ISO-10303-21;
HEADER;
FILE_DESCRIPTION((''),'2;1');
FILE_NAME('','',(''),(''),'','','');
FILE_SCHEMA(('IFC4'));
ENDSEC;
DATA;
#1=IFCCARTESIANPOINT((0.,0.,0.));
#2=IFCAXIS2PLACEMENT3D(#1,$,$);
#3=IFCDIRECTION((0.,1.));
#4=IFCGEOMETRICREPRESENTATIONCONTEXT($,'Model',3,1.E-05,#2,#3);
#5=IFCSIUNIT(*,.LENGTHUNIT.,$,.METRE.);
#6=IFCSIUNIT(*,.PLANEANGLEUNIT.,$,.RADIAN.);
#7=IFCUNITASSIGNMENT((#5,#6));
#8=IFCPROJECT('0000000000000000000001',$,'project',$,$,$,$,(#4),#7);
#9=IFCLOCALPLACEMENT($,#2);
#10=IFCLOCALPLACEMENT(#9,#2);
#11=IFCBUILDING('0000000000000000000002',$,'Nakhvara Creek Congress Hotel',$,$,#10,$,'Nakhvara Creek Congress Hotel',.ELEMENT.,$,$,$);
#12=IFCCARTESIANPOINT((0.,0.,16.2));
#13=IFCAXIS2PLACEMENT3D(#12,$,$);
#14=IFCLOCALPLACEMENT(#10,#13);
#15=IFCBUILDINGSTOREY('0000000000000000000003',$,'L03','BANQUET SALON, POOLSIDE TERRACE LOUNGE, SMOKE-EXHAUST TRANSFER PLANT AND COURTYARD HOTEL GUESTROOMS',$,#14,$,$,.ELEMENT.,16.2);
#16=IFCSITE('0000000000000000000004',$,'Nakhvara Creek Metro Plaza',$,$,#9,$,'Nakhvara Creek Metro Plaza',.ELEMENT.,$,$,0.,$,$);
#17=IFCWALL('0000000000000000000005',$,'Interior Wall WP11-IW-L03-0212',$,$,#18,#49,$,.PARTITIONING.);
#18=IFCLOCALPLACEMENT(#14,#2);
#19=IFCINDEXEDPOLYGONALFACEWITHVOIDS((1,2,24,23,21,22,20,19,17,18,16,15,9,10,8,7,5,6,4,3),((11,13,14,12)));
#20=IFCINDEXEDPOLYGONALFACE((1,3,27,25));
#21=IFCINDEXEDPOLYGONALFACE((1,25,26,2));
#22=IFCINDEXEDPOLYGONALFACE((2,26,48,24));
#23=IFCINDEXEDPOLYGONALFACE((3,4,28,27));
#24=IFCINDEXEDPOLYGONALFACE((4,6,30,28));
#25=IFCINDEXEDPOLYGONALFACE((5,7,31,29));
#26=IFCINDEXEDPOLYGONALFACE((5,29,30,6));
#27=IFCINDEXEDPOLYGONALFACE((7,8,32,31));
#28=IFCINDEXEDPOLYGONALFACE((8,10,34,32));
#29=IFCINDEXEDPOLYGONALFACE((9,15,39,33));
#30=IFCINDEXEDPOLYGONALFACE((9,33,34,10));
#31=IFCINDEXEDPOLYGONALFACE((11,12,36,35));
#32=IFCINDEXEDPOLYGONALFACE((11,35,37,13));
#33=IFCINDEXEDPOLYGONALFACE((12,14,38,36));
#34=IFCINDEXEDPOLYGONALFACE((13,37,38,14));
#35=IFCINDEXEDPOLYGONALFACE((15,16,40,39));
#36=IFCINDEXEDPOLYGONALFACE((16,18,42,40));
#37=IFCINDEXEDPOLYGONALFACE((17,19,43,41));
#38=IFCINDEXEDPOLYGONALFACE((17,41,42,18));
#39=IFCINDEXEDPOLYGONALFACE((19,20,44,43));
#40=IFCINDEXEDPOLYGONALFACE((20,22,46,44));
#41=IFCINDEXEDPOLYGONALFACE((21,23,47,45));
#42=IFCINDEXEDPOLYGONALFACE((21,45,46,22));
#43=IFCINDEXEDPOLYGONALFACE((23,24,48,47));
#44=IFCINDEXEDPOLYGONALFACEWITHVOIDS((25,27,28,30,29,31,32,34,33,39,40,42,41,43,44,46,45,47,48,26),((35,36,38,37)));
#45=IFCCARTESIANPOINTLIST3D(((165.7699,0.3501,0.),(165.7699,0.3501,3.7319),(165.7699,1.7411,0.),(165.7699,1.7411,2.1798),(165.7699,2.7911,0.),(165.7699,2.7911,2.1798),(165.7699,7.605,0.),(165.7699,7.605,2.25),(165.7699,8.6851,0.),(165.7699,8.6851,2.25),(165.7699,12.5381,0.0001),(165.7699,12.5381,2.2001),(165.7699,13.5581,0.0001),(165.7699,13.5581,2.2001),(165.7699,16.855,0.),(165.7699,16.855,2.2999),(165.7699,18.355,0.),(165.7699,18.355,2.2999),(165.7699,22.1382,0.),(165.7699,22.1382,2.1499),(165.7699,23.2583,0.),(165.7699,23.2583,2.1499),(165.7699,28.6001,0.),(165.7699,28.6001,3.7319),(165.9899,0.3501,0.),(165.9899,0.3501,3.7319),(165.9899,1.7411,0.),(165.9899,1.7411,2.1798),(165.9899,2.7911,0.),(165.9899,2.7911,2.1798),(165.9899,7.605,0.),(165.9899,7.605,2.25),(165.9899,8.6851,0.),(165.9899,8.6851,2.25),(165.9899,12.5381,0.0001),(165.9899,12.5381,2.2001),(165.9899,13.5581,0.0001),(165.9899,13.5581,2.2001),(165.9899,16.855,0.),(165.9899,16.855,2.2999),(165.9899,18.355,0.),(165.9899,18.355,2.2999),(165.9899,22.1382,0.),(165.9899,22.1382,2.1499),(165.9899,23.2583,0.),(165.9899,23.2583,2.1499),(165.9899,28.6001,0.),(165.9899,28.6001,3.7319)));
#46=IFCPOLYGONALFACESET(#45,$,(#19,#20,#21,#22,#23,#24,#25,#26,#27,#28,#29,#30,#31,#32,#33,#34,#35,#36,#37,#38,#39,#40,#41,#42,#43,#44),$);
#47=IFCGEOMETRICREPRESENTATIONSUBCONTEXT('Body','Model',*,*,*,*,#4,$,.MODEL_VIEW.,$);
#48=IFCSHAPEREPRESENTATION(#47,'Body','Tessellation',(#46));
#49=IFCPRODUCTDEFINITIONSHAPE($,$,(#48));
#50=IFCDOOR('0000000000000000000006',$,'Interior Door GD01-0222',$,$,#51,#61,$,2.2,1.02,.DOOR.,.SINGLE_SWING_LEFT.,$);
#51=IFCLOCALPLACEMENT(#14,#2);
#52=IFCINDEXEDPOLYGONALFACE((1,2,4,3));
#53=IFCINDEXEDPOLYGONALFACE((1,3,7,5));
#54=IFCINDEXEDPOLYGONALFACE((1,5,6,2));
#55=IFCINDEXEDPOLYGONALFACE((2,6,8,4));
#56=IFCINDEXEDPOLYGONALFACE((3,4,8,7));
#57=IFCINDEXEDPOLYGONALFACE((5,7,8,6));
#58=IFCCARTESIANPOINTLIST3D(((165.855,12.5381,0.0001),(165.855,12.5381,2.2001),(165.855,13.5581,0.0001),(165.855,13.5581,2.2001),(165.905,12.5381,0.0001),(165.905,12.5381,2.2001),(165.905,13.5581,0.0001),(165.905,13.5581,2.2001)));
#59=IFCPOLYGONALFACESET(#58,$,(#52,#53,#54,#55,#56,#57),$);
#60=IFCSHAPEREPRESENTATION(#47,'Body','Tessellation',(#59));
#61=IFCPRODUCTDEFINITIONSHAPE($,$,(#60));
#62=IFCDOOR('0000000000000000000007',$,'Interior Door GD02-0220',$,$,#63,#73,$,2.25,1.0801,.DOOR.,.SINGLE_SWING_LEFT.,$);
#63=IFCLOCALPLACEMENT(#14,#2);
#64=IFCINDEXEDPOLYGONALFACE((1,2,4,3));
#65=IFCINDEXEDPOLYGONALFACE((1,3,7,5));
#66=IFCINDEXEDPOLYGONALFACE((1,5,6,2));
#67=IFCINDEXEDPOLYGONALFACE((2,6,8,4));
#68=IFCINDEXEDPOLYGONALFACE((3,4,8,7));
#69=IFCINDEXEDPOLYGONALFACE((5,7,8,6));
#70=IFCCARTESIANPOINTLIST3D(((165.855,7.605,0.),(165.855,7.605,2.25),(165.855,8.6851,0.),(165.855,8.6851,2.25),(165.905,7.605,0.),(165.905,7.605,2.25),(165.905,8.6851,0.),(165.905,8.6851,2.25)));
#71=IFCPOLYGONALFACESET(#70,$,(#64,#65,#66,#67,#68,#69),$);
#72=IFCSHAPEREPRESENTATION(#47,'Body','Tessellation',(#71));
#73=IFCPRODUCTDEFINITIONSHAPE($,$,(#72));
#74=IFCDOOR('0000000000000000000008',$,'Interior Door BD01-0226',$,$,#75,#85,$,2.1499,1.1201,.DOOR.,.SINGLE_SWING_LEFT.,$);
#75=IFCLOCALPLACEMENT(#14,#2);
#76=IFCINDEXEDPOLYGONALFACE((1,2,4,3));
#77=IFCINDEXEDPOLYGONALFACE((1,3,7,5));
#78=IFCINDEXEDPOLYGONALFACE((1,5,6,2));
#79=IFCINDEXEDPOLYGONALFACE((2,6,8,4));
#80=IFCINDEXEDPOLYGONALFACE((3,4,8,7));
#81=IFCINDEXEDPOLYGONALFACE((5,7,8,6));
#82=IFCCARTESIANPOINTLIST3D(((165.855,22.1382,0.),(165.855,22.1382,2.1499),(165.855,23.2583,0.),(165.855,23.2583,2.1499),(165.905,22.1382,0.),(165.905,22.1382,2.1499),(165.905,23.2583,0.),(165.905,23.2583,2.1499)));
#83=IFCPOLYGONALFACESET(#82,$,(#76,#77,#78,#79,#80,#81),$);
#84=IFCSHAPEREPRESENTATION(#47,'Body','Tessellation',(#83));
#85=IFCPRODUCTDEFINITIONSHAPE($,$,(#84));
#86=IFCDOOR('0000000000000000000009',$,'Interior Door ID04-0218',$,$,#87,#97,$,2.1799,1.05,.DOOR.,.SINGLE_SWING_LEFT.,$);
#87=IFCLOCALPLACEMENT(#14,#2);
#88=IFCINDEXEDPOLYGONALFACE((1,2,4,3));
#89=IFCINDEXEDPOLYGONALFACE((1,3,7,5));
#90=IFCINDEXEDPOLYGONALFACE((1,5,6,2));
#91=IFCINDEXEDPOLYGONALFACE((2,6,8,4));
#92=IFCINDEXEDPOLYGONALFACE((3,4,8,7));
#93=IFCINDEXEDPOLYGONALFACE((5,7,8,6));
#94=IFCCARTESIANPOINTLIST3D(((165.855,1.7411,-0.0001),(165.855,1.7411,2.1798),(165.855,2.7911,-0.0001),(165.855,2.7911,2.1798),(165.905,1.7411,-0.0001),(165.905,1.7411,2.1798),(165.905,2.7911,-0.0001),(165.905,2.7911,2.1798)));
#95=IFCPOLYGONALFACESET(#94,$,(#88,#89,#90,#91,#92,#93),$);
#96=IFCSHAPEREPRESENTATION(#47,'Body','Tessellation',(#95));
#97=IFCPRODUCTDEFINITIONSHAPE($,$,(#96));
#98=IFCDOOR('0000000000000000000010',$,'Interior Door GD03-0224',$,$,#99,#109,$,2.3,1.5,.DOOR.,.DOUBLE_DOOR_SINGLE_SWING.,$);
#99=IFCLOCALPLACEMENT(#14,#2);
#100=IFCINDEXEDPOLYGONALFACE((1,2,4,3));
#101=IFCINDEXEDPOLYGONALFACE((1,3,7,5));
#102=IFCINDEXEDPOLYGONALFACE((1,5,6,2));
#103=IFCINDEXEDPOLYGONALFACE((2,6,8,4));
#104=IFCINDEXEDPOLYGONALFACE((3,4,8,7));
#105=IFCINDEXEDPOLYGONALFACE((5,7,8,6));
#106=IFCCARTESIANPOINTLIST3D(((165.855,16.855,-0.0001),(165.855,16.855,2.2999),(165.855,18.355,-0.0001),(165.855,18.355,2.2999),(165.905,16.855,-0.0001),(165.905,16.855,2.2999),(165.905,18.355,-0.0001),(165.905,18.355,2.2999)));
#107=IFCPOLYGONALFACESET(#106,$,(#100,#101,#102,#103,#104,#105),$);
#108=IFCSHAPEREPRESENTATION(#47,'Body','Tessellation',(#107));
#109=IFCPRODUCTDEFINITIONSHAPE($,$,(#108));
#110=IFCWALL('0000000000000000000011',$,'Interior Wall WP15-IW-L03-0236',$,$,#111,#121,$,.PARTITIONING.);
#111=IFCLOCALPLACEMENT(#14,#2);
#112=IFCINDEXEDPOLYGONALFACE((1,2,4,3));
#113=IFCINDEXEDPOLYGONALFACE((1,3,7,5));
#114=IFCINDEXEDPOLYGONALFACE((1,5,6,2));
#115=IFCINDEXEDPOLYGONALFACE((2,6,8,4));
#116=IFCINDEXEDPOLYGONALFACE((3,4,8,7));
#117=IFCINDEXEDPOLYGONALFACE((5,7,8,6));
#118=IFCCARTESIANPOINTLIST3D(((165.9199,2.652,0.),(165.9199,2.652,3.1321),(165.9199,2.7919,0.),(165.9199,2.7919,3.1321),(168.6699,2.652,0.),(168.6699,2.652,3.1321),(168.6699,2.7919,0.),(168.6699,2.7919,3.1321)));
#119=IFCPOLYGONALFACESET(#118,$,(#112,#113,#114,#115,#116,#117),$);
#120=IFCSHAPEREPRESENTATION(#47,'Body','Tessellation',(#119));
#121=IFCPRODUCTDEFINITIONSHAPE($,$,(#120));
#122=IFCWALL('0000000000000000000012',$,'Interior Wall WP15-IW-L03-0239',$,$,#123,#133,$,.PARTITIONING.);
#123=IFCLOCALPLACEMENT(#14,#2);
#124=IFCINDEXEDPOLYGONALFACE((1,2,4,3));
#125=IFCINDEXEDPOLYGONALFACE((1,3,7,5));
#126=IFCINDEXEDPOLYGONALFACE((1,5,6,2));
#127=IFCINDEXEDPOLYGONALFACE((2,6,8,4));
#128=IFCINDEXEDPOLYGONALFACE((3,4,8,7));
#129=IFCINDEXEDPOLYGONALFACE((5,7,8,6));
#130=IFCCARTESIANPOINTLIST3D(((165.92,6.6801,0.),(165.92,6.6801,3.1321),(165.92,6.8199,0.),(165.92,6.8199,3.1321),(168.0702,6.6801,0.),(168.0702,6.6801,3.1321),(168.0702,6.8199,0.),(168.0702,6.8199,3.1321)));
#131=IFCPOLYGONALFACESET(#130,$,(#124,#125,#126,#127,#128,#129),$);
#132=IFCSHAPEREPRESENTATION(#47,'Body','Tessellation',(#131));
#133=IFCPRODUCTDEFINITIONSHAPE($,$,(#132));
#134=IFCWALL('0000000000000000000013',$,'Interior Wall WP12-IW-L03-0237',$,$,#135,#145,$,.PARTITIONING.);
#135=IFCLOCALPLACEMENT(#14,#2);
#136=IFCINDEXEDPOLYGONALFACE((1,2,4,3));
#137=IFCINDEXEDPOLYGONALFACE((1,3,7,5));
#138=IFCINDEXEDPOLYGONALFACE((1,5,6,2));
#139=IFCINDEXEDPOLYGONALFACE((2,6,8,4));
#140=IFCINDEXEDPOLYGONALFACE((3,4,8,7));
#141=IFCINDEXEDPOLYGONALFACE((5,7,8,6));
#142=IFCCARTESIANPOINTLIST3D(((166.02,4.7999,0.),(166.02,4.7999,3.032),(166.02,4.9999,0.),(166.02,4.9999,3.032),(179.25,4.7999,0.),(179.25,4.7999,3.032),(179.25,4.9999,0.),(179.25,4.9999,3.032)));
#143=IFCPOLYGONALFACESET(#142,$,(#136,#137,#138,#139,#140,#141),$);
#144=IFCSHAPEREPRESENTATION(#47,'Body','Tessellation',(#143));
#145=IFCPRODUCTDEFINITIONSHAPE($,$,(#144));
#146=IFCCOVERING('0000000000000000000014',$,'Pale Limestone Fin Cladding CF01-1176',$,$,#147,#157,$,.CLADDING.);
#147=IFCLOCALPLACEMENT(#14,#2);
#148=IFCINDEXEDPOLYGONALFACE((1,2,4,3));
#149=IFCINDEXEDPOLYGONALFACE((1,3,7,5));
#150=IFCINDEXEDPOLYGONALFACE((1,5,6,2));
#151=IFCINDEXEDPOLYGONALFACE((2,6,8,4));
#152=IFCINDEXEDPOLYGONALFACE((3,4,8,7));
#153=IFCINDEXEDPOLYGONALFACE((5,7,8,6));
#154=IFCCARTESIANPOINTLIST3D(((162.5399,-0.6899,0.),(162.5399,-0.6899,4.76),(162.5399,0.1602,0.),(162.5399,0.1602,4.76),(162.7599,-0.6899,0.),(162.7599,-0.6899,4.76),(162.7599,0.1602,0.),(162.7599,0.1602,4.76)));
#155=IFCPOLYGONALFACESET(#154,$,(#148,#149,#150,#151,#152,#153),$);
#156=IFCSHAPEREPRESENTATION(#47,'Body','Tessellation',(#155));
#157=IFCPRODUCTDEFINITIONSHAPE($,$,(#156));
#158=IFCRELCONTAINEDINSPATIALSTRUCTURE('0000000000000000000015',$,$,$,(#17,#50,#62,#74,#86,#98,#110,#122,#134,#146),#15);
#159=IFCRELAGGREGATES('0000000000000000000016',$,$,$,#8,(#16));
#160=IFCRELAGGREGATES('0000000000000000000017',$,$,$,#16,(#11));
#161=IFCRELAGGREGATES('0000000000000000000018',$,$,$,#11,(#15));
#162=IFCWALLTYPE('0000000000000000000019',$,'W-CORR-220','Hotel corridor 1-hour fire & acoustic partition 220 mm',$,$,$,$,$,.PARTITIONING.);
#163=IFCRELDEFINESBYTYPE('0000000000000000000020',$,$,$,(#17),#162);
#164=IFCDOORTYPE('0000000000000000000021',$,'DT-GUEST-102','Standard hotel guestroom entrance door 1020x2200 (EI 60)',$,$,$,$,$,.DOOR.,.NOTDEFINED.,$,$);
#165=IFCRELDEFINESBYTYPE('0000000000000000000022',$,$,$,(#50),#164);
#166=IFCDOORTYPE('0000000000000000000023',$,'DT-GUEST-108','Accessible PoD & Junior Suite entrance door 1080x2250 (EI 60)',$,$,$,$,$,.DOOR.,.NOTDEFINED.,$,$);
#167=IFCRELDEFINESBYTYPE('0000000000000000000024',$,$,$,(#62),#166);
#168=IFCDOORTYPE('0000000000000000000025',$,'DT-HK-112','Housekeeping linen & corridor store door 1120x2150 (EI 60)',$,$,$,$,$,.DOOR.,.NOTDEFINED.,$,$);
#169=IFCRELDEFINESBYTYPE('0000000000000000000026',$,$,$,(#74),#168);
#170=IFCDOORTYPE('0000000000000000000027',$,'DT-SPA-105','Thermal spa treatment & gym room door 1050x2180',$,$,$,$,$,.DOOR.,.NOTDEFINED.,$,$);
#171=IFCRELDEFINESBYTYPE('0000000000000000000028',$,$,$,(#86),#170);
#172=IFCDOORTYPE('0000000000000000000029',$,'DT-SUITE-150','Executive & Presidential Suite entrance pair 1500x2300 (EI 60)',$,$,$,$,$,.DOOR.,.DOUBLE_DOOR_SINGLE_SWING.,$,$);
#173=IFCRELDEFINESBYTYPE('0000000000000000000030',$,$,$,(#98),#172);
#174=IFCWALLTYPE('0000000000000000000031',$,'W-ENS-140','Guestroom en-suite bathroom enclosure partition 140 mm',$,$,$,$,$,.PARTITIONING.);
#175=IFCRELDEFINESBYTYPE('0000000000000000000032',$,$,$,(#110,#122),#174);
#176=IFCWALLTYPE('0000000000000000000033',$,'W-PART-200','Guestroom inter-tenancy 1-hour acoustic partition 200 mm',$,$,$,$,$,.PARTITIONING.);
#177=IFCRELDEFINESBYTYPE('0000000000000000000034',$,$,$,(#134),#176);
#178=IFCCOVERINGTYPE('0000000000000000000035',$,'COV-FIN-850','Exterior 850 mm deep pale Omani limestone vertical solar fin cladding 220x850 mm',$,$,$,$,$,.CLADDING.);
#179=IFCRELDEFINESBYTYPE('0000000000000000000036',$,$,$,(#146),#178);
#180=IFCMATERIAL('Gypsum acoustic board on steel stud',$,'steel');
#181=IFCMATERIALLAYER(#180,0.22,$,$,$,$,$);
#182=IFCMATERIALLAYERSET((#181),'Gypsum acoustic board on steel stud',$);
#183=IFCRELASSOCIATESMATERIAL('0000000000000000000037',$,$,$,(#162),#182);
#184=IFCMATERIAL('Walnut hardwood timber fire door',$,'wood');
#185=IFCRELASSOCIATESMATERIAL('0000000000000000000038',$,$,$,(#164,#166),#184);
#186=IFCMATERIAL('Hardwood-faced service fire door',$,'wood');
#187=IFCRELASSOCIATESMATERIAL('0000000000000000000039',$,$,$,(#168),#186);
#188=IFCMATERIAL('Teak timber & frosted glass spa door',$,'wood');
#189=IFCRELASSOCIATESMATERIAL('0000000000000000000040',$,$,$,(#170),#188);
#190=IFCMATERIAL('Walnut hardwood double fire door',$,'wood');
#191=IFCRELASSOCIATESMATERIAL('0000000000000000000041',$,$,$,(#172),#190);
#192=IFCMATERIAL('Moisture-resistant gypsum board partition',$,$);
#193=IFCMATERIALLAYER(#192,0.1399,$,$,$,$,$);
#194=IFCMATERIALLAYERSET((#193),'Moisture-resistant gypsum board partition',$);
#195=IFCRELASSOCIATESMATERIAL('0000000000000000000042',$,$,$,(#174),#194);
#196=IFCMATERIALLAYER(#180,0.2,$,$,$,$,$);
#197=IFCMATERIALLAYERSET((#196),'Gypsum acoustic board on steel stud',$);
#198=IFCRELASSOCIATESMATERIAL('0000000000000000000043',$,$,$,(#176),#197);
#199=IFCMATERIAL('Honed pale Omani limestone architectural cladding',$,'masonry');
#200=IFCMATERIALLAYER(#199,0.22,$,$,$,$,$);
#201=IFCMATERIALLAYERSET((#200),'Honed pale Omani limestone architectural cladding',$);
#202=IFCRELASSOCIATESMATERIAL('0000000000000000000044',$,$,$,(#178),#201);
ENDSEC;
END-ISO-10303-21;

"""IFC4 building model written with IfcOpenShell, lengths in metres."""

from ifc_helpers import new_model, si_unit, direction, frame, frame_2d, origin, origin_2d, place, context, subcontext, project, spatial, rectangle, extrude, material, layer, layer_set, type_object, element, fill, save


model = new_model("IFC4")

# Units and contexts
model_context = context("Model", 3, precision=1e-05, world=origin(), true_north=direction((0.0, 1.0)))
body_context = subcontext(model_context, "Body", "Model", "MODEL_VIEW")
ifc_project = project(units=[si_unit("LENGTHUNIT", "METRE"), si_unit("PLANEANGLEUNIT", "RADIAN")], contexts=[model_context])

# Site, building, storey
site_placement = place(None, origin())
site = spatial("IfcSite", under=ifc_project, at=site_placement, Name="Nakhvara Creek Metro Plaza", LongName="Nakhvara Creek Metro Plaza", CompositionType="ELEMENT", RefElevation=0.0)
building_placement = place(site_placement, origin())
building = spatial("IfcBuilding", under=site, at=building_placement, Name="Nakhvara Creek Congress Hotel", LongName="Nakhvara Creek Congress Hotel", CompositionType="ELEMENT")
storey_placement = place(building_placement, frame((0.0, 0.0, 16.2)))
storey = spatial("IfcBuildingStorey", under=building, at=storey_placement, Name="L03", Description="BANQUET SALON, POOLSIDE TERRACE LOUNGE, SMOKE-EXHAUST TRANSFER PLANT AND COURTYARD HOTEL GUESTROOMS", CompositionType="ELEMENT", Elevation=16.2)

# Wall, openings, doors
ifc_material_1 = material(Name="Gypsum acoustic board on steel stud", Category="steel")
ifc_layer_1 = layer(ifc_material_1, 0.22)
ifc_layer_set_1 = layer_set([ifc_layer_1], Name="Gypsum acoustic board on steel stud")
wall_type_1 = type_object("IfcWallType", Name="W-CORR-220", Description="Hotel corridor 1-hour fire & acoustic partition 220 mm", PredefinedType="PARTITIONING", material=ifc_layer_set_1)
wall_1_placement = place(storey_placement, frame((165.8799, 0.3501, 0.0), z_axis=(0.0, 0.0, 1.0), x_axis=(0.0, 1.0, 0.0)))
wall_1 = element("IfcWall", 1, at=wall_1_placement, inside=storey, type_object=wall_type_1, Name="Interior Wall WP11-IW-L03-0212", PredefinedType="PARTITIONING", context=body_context, shape_type="SweptSolid", body=[
    extrude(rectangle(XDim=28.25, YDim=0.22, at=frame_2d((14.125, 0.0))), origin(), (0.0, 0.0, 1.0), 3.7319),
])
opening_1_placement = place(wall_1_placement, frame((1.3911, 0.0, 0.0)))
opening_1 = element("IfcOpeningElement", 2, at=opening_1_placement, cuts=wall_1, PredefinedType="OPENING", context=body_context, shape_type="SweptSolid", body=[
    extrude(rectangle(XDim=1.05, YDim=2.1799, at=frame_2d((0.5249, 1.0898))), frame((0.0, 0.1221, 0.0), z_axis=(0.0, -1.0, 0.0), x_axis=(1.0, 0.0, 0.0)), (0.0, 0.0, 1.0), 0.2439),
])
opening_2_placement = place(wall_1_placement, frame((7.2549, 0.0, 0.0)))
opening_2 = element("IfcOpeningElement", 3, at=opening_2_placement, cuts=wall_1, PredefinedType="OPENING", context=body_context, shape_type="SweptSolid", body=[
    extrude(rectangle(XDim=1.0801, YDim=2.25, at=frame_2d((0.54, 1.125))), frame((0.0, 0.1221, 0.0), z_axis=(0.0, -1.0, 0.0), x_axis=(1.0, 0.0, 0.0)), (0.0, 0.0, 1.0), 0.2439),
])
opening_3_placement = place(wall_1_placement, frame((12.188, 0.0, 0.0)))
opening_3 = element("IfcOpeningElement", 4, at=opening_3_placement, cuts=wall_1, PredefinedType="OPENING", context=body_context, shape_type="SweptSolid", body=[
    extrude(rectangle(XDim=1.02, YDim=2.2, at=frame_2d((0.51, 1.1001))), frame((0.0, 0.1221, 0.0), z_axis=(0.0, -1.0, 0.0), x_axis=(1.0, 0.0, 0.0)), (0.0, 0.0, 1.0), 0.2439),
])
opening_4_placement = place(wall_1_placement, frame((16.5049, 0.0, 0.0)))
opening_4 = element("IfcOpeningElement", 5, at=opening_4_placement, cuts=wall_1, PredefinedType="OPENING", context=body_context, shape_type="SweptSolid", body=[
    extrude(rectangle(XDim=1.5, YDim=2.3, at=frame_2d((0.75, 1.1499))), frame((0.0, 0.1221, 0.0), z_axis=(0.0, -1.0, 0.0), x_axis=(1.0, 0.0, 0.0)), (0.0, 0.0, 1.0), 0.2439),
])
opening_5_placement = place(wall_1_placement, frame((21.7881, 0.0, 0.0)))
opening_5 = element("IfcOpeningElement", 6, at=opening_5_placement, cuts=wall_1, PredefinedType="OPENING", context=body_context, shape_type="SweptSolid", body=[
    extrude(rectangle(XDim=1.1201, YDim=2.1499, at=frame_2d((0.5601, 1.075))), frame((0.0, 0.1221, 0.0), z_axis=(0.0, -1.0, 0.0), x_axis=(1.0, 0.0, 0.0)), (0.0, 0.0, 1.0), 0.2439),
])
ifc_material_2 = material(Name="Walnut hardwood timber fire door", Category="wood")
door_type_1 = type_object("IfcDoorType", Name="DT-GUEST-102", Description="Standard hotel guestroom entrance door 1020x2200 (EI 60)", OperationType="NOTDEFINED", PredefinedType="DOOR", material=ifc_material_2)
door_1_placement = place(opening_3_placement, origin())
door_1 = element("IfcDoor", 7, at=door_1_placement, inside=storey, type_object=door_type_1, Name="Interior Door GD01-0222", OperationType="SINGLE_SWING_LEFT", OverallHeight=2.2, OverallWidth=1.02, PredefinedType="DOOR", context=body_context, shape_type="SweptSolid", body=[
    extrude(rectangle(XDim=1.02, YDim=2.2, at=frame_2d((0.51, 1.1001))), frame((0.0, 0.0249, 0.0), z_axis=(0.0, -1.0, 0.0), x_axis=(1.0, 0.0, 0.0)), (0.0, 0.0, 1.0), 0.05),
])
fill(opening_3, door_1)
door_type_2 = type_object("IfcDoorType", Name="DT-GUEST-108", Description="Accessible PoD & Junior Suite entrance door 1080x2250 (EI 60)", OperationType="NOTDEFINED", PredefinedType="DOOR", material=ifc_material_2)
door_2_placement = place(opening_2_placement, origin())
door_2 = element("IfcDoor", 8, at=door_2_placement, inside=storey, type_object=door_type_2, Name="Interior Door GD02-0220", OperationType="SINGLE_SWING_LEFT", OverallHeight=2.25, OverallWidth=1.0801, PredefinedType="DOOR", context=body_context, shape_type="SweptSolid", body=[
    extrude(rectangle(XDim=1.0801, YDim=2.25, at=frame_2d((0.54, 1.125))), frame((0.0, 0.0249, 0.0), z_axis=(0.0, -1.0, 0.0), x_axis=(1.0, 0.0, 0.0)), (0.0, 0.0, 1.0), 0.05),
])
fill(opening_2, door_2)
ifc_material_3 = material(Name="Hardwood-faced service fire door", Category="wood")
door_type_3 = type_object("IfcDoorType", Name="DT-HK-112", Description="Housekeeping linen & corridor store door 1120x2150 (EI 60)", OperationType="NOTDEFINED", PredefinedType="DOOR", material=ifc_material_3)
door_3_placement = place(opening_5_placement, origin())
door_3 = element("IfcDoor", 9, at=door_3_placement, inside=storey, type_object=door_type_3, Name="Interior Door BD01-0226", OperationType="SINGLE_SWING_LEFT", OverallHeight=2.1499, OverallWidth=1.1201, PredefinedType="DOOR", context=body_context, shape_type="SweptSolid", body=[
    extrude(rectangle(XDim=1.1201, YDim=2.1499, at=frame_2d((0.5601, 1.075))), frame((0.0, 0.0249, 0.0), z_axis=(0.0, -1.0, 0.0), x_axis=(1.0, 0.0, 0.0)), (0.0, 0.0, 1.0), 0.05),
])
fill(opening_5, door_3)
ifc_material_4 = material(Name="Teak timber & frosted glass spa door", Category="wood")
door_type_4 = type_object("IfcDoorType", Name="DT-SPA-105", Description="Thermal spa treatment & gym room door 1050x2180", OperationType="NOTDEFINED", PredefinedType="DOOR", material=ifc_material_4)
door_4_placement = place(opening_1_placement, origin())
door_4 = element("IfcDoor", 10, at=door_4_placement, inside=storey, type_object=door_type_4, Name="Interior Door ID04-0218", OperationType="SINGLE_SWING_LEFT", OverallHeight=2.1799, OverallWidth=1.05, PredefinedType="DOOR", context=body_context, shape_type="SweptSolid", body=[
    extrude(rectangle(XDim=1.05, YDim=2.1799, at=frame_2d((0.5249, 1.0898))), frame((0.0, 0.0249, 0.0), z_axis=(0.0, -1.0, 0.0), x_axis=(1.0, 0.0, 0.0)), (0.0, 0.0, 1.0), 0.05),
])
fill(opening_1, door_4)
ifc_material_5 = material(Name="Walnut hardwood double fire door", Category="wood")
door_type_5 = type_object("IfcDoorType", Name="DT-SUITE-150", Description="Executive & Presidential Suite entrance pair 1500x2300 (EI 60)", OperationType="DOUBLE_DOOR_SINGLE_SWING", PredefinedType="DOOR", material=ifc_material_5)
door_5_placement = place(opening_4_placement, origin())
door_5 = element("IfcDoor", 11, at=door_5_placement, inside=storey, type_object=door_type_5, Name="Interior Door GD03-0224", OperationType="DOUBLE_DOOR_SINGLE_SWING", OverallHeight=2.3, OverallWidth=1.5, PredefinedType="DOOR", context=body_context, shape_type="SweptSolid", body=[
    extrude(rectangle(XDim=1.5, YDim=2.3, at=frame_2d((0.75, 1.1499))), frame((0.0, 0.0249, 0.0), z_axis=(0.0, -1.0, 0.0), x_axis=(1.0, 0.0, 0.0)), (0.0, 0.0, 1.0), 0.05),
])
fill(opening_4, door_5)

# Walls
ifc_material_6 = material(Name="Moisture-resistant gypsum board partition")
ifc_layer_2 = layer(ifc_material_6, 0.1399)
ifc_layer_set_2 = layer_set([ifc_layer_2], Name="Moisture-resistant gypsum board partition")
wall_type_2 = type_object("IfcWallType", Name="W-ENS-140", Description="Guestroom en-suite bathroom enclosure partition 140 mm", PredefinedType="PARTITIONING", material=ifc_layer_set_2)
wall_2_placement = place(storey_placement, frame((165.9199, 2.7219, 0.0), z_axis=(0.0, 0.0, 1.0), x_axis=(1.0, 0.0, 0.0)))
element("IfcWall", 12, at=wall_2_placement, inside=storey, type_object=wall_type_2, Name="Interior Wall WP15-IW-L03-0236", PredefinedType="PARTITIONING", context=body_context, shape_type="SweptSolid", body=[
    extrude(rectangle(XDim=2.75, YDim=0.1399, at=frame_2d((1.375, 0.0))), origin(), (0.0, 0.0, 1.0), 3.1321),
])
wall_3_placement = place(storey_placement, frame((165.9199, 6.75, 0.0), z_axis=(0.0, 0.0, 1.0), x_axis=(1.0, 0.0, 0.0)))
element("IfcWall", 13, at=wall_3_placement, inside=storey, type_object=wall_type_2, Name="Interior Wall WP15-IW-L03-0239", PredefinedType="PARTITIONING", context=body_context, shape_type="SweptSolid", body=[
    extrude(rectangle(XDim=2.1501, YDim=0.1399, at=frame_2d((1.0752, 0.0))), origin(), (0.0, 0.0, 1.0), 3.1321),
])
ifc_layer_3 = layer(ifc_material_1, 0.2)
ifc_layer_set_3 = layer_set([ifc_layer_3], Name="Gypsum acoustic board on steel stud")
wall_type_3 = type_object("IfcWallType", Name="W-PART-200", Description="Guestroom inter-tenancy 1-hour acoustic partition 200 mm", PredefinedType="PARTITIONING", material=ifc_layer_set_3)
wall_4_placement = place(storey_placement, frame((166.02, 4.8999, 0.0), z_axis=(0.0, 0.0, 1.0), x_axis=(1.0, 0.0, 0.0)))
element("IfcWall", 14, at=wall_4_placement, inside=storey, type_object=wall_type_3, Name="Interior Wall WP12-IW-L03-0237", PredefinedType="PARTITIONING", context=body_context, shape_type="SweptSolid", body=[
    extrude(rectangle(XDim=13.23, YDim=0.2, at=frame_2d((6.615, 0.0))), origin(), (0.0, 0.0, 1.0), 3.032),
])

# Covering
ifc_material_7 = material(Name="Honed pale Omani limestone architectural cladding", Category="masonry")
ifc_layer_4 = layer(ifc_material_7, 0.22)
ifc_layer_set_4 = layer_set([ifc_layer_4], Name="Honed pale Omani limestone architectural cladding")
covering_type_1 = type_object("IfcCoveringType", Name="COV-FIN-850", Description="Exterior 850 mm deep pale Omani limestone vertical solar fin cladding 220x850 mm", PredefinedType="CLADDING", material=ifc_layer_set_4)
for number, where, z_axis, x_axis, name in (
    (15, (162.6499, -0.2649, 0.0), (0.0, 0.0, 1.0), (1.0, 0.0, 0.0), "Pale Limestone Fin Cladding CF01-1176"),
):
    element("IfcCovering", number, at=place(storey_placement, frame(where, z_axis=z_axis, x_axis=x_axis)), inside=storey, type_object=covering_type_1, Name=name, PredefinedType="CLADDING", context=body_context, shape_type="SweptSolid", body=[
        extrude(rectangle(XDim=0.22, YDim=0.8501, at=origin_2d()), origin(), (0.0, 0.0, 1.0), 4.76),
    ])

save(model, "model.ifc")
